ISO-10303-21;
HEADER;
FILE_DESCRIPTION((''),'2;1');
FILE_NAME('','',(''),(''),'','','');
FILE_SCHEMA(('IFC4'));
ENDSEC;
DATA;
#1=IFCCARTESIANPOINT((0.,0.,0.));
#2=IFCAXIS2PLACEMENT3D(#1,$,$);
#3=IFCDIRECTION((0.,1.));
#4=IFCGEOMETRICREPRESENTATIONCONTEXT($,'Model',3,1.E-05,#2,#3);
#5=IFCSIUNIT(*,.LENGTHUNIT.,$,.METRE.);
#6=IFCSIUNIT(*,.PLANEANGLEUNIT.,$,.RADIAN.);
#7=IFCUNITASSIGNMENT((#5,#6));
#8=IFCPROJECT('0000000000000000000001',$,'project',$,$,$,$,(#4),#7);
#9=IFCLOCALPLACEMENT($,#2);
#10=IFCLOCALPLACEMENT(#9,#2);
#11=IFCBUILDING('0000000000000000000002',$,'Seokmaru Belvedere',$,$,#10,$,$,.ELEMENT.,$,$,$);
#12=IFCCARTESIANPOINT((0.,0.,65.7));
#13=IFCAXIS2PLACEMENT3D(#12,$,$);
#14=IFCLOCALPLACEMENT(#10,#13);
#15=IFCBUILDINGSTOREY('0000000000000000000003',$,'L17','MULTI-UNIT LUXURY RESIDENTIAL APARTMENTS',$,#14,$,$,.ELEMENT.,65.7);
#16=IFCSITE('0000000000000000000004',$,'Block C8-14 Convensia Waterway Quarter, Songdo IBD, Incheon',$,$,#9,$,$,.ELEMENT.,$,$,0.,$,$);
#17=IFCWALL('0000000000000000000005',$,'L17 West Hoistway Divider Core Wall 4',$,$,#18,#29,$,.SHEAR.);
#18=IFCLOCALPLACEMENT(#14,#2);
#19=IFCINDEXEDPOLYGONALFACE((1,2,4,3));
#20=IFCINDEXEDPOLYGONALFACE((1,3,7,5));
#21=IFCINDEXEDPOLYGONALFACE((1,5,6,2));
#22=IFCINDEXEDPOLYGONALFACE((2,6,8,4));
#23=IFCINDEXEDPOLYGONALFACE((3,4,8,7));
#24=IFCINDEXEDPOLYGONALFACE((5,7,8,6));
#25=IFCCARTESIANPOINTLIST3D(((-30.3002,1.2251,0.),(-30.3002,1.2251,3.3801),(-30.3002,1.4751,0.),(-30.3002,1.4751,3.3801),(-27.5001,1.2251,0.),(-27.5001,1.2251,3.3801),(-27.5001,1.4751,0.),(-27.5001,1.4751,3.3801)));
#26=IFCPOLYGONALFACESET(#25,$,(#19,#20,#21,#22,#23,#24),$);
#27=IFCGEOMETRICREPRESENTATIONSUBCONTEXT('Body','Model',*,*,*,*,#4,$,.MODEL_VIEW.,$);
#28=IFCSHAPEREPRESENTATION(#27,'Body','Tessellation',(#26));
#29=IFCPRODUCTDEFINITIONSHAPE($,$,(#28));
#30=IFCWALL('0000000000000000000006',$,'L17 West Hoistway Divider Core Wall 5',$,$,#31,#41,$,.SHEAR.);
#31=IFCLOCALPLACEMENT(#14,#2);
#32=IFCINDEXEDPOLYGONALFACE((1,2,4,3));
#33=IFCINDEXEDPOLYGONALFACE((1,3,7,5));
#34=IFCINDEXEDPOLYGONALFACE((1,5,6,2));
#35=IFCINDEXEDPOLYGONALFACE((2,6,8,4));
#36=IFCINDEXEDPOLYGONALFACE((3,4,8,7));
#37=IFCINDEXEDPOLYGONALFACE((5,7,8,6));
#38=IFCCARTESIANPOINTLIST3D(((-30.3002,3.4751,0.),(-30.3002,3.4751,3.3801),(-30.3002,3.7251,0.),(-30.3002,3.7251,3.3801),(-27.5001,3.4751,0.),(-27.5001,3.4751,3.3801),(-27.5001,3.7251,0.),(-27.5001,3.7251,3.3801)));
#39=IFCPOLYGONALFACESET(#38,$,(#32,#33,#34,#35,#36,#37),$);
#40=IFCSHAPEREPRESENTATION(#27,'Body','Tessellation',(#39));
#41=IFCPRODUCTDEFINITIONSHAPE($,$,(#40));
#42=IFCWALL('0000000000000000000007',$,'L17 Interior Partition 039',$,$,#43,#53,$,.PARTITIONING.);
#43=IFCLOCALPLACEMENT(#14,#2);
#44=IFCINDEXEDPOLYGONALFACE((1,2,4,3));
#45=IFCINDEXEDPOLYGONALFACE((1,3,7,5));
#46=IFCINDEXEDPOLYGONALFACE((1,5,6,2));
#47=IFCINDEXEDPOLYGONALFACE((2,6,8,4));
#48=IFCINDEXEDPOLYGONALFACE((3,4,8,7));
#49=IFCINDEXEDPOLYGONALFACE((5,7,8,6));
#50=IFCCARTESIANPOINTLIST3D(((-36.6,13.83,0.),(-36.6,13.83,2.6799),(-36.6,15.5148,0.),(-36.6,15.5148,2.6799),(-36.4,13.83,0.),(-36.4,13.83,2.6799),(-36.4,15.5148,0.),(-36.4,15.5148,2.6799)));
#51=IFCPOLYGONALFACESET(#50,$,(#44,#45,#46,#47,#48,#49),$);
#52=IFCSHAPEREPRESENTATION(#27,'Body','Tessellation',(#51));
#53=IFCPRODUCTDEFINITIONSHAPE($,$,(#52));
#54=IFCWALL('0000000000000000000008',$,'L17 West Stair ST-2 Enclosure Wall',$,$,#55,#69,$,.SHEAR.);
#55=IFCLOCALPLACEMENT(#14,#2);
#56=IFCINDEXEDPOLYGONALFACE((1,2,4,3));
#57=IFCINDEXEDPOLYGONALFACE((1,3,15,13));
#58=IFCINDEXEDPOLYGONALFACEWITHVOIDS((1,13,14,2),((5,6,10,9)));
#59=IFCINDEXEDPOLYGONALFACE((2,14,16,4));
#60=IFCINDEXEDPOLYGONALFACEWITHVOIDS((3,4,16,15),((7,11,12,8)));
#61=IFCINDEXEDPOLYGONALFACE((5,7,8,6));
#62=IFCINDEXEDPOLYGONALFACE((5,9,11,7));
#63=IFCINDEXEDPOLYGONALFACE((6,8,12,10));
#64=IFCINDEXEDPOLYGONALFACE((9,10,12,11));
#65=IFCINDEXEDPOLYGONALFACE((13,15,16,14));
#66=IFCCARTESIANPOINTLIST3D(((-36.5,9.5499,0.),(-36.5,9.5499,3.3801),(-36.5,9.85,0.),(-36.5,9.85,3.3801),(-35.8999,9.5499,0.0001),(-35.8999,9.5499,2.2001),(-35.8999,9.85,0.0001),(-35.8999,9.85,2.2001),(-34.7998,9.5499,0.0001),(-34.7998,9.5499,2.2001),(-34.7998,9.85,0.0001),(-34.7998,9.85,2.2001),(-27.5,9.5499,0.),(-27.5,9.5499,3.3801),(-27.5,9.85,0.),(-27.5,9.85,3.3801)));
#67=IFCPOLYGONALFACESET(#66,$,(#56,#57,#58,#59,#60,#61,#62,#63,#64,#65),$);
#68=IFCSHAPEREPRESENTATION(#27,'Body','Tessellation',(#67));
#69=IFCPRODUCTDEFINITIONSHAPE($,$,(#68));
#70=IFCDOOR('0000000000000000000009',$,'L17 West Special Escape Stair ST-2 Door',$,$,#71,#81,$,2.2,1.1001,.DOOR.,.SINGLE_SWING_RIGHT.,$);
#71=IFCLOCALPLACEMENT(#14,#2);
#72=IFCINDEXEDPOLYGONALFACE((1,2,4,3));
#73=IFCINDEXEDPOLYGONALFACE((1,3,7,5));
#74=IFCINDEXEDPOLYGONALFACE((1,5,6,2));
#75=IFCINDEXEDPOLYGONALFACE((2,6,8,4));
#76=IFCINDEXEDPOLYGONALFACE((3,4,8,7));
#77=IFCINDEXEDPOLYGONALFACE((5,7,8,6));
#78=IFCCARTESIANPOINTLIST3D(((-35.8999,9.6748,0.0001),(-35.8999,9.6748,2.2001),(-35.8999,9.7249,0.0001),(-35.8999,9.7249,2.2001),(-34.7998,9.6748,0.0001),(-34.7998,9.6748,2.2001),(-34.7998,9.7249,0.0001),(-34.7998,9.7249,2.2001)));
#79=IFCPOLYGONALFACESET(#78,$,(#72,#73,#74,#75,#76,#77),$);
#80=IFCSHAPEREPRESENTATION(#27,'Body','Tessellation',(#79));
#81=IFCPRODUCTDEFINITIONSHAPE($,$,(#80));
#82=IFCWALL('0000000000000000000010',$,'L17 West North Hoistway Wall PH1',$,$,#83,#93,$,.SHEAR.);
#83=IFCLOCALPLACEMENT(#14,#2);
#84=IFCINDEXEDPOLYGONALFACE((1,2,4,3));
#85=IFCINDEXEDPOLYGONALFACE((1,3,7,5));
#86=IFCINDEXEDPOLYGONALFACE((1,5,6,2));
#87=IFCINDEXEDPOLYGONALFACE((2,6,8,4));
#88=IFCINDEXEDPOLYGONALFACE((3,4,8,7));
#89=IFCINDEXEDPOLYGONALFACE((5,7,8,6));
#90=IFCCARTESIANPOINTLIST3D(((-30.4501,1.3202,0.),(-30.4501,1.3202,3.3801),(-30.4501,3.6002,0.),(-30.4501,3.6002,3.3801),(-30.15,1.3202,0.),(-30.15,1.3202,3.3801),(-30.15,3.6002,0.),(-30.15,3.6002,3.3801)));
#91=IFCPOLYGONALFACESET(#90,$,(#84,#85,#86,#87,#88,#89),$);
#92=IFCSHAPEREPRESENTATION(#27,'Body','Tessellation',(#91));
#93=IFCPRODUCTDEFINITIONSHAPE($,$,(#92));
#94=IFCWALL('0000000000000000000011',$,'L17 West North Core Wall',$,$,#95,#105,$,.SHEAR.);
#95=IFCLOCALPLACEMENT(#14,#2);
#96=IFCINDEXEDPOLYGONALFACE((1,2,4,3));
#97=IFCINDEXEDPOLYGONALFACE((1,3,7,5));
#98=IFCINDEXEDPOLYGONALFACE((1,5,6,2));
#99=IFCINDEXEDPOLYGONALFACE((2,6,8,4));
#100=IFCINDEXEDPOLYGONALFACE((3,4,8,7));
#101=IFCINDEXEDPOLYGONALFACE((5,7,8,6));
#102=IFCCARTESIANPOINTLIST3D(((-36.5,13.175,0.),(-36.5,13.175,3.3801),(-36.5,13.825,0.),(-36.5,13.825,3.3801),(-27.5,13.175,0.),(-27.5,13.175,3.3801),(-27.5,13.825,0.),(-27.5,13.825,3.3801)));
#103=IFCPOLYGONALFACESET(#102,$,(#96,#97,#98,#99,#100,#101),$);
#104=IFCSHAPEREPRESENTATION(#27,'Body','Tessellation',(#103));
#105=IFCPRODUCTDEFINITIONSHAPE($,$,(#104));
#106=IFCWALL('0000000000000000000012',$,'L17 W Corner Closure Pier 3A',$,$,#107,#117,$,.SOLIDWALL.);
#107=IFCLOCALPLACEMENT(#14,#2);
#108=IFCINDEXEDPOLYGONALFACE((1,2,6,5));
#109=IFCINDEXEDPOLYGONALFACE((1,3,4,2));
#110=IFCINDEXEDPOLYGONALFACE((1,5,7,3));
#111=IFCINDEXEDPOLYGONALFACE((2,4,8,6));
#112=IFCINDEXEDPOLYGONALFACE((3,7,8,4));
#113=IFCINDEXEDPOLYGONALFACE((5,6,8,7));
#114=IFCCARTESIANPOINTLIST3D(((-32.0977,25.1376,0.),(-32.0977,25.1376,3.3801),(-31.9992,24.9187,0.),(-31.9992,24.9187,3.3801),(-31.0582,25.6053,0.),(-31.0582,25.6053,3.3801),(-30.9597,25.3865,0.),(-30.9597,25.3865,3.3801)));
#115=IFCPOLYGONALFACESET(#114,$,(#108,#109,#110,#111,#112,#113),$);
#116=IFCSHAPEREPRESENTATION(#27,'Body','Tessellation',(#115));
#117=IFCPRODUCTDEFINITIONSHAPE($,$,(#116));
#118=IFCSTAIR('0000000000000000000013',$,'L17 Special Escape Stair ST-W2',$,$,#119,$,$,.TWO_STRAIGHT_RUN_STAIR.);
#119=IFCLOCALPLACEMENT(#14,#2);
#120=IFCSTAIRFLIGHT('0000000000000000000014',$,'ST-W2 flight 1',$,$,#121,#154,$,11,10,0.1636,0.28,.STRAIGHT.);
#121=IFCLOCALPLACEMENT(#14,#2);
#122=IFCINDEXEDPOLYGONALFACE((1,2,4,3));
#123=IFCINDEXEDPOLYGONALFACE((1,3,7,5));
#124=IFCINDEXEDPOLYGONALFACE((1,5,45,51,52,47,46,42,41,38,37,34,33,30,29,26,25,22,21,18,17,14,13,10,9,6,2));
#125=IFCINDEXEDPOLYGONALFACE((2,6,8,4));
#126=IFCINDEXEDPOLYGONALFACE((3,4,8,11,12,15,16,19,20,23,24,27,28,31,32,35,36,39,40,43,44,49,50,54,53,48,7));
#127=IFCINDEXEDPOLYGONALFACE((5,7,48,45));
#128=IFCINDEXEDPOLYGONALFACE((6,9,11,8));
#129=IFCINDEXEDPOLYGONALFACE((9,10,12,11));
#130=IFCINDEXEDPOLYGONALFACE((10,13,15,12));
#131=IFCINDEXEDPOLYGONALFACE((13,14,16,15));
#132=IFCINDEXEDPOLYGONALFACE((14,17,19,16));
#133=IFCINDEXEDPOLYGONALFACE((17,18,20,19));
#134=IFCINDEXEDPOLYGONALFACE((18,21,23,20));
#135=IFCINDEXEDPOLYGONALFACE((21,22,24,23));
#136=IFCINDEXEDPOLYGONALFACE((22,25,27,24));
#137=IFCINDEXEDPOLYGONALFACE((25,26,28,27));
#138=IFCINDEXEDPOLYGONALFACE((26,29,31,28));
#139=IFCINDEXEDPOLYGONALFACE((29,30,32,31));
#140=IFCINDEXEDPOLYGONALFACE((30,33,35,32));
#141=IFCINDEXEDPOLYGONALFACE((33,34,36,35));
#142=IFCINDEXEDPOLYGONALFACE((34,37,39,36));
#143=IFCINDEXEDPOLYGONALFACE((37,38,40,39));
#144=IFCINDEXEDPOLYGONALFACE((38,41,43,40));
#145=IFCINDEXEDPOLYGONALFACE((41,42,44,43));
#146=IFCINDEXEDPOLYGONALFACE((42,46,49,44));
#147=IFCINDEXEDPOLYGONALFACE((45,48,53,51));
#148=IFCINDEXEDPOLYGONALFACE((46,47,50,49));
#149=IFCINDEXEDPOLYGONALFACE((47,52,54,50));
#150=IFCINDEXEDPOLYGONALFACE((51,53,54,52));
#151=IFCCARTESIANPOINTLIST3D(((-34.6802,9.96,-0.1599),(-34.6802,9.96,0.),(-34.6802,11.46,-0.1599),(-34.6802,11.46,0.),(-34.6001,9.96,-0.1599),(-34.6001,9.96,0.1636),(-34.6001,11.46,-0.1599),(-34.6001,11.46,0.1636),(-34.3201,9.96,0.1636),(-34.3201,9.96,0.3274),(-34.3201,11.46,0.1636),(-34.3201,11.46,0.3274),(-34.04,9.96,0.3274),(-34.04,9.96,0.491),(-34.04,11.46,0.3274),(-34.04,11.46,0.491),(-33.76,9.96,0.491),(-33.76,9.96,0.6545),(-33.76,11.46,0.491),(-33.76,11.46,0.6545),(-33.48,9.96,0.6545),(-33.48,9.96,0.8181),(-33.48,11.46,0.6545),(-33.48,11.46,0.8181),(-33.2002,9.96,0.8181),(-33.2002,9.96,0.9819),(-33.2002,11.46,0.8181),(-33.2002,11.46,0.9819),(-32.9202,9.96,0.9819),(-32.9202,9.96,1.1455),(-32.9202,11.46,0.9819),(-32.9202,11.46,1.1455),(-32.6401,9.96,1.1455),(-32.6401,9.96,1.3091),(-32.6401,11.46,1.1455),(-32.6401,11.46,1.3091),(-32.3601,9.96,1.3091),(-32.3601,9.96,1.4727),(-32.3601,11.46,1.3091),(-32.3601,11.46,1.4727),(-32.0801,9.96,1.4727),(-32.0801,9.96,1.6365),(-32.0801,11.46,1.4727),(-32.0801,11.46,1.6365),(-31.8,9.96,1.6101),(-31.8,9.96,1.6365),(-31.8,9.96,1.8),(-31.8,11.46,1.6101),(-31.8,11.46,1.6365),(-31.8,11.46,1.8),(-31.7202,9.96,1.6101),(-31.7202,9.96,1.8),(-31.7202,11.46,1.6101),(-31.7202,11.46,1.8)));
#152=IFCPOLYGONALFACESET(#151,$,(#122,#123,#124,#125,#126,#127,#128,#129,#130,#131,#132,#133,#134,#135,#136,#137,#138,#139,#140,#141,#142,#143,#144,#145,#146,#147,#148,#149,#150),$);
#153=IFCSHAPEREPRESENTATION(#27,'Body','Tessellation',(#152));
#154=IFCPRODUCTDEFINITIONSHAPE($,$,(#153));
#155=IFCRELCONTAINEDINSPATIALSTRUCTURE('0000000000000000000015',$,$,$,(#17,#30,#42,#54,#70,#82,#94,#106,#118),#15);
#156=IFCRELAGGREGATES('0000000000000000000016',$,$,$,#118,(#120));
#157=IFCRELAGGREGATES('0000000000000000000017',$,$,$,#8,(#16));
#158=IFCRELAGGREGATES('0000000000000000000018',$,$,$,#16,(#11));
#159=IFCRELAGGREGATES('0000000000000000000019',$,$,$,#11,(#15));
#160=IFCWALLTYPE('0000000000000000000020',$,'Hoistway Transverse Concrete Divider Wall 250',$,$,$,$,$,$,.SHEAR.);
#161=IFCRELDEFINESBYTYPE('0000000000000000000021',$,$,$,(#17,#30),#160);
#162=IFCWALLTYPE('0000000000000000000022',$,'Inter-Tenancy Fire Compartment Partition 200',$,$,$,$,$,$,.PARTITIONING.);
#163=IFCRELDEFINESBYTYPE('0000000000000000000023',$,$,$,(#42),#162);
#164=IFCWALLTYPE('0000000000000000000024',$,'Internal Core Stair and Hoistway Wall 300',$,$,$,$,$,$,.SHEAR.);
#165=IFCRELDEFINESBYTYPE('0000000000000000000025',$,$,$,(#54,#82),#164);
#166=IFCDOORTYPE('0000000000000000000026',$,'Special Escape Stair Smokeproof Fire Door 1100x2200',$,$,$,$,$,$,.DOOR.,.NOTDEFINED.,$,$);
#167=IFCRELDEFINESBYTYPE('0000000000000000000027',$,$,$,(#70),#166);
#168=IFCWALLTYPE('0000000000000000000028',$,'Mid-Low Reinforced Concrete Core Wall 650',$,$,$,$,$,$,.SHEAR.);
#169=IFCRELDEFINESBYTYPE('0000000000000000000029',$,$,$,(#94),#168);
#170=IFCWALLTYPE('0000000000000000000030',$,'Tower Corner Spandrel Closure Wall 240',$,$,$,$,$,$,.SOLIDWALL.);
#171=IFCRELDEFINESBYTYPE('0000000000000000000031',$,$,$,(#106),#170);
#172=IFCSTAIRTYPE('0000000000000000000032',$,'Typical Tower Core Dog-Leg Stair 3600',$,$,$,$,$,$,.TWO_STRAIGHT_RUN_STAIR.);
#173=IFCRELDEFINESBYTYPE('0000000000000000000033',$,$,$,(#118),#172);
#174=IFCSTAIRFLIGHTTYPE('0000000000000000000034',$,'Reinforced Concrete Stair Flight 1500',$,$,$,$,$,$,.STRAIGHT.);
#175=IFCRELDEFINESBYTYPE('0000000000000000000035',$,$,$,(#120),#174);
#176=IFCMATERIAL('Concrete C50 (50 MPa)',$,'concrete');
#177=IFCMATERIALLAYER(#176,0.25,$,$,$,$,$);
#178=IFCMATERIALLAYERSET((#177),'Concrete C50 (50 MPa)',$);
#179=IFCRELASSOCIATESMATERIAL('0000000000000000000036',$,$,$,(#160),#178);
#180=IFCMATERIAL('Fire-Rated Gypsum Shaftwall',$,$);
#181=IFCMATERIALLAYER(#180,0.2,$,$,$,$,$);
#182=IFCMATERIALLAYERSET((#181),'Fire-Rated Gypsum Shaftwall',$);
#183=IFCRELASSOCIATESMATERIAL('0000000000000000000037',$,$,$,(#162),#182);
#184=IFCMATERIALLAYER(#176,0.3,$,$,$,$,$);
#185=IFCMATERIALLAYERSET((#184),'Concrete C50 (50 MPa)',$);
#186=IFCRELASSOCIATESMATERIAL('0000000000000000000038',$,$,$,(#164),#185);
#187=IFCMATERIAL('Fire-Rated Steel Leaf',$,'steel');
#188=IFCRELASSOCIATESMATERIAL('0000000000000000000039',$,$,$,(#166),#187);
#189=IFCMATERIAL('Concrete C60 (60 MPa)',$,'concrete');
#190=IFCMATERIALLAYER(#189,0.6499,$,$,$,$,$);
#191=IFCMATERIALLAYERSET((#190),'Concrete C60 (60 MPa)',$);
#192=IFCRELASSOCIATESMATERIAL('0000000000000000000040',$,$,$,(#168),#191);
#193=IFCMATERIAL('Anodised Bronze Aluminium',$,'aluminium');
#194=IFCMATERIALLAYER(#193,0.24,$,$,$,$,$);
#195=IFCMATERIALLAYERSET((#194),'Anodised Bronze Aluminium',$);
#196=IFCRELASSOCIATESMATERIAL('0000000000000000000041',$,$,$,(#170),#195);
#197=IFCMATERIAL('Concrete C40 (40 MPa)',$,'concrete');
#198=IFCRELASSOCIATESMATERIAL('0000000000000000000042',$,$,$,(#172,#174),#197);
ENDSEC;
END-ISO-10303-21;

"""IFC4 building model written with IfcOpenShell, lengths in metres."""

from ifc_helpers import new_model, si_unit, direction, frame, frame_2d, origin, place, context, subcontext, project, spatial, polyline, rectangle, outline, extrude, source, transform, mapped, material, layer, layer_set, type_object, type_shapes, element, fill, aggregate, save


model = new_model("IFC4")

# Units and contexts
model_context = context("Model", 3, precision=1e-05, world=origin(), true_north=direction((0.0, 1.0)))
body_context = subcontext(model_context, "Body", "Model", "MODEL_VIEW")
ifc_project = project(units=[si_unit("LENGTHUNIT", "METRE"), si_unit("PLANEANGLEUNIT", "RADIAN")], contexts=[model_context])

# Site, building, storey
site_placement = place(None, origin())
site = spatial("IfcSite", under=ifc_project, at=site_placement, Name="Block C8-14 Convensia Waterway Quarter, Songdo IBD, Incheon", CompositionType="ELEMENT", RefElevation=0.0)
building_placement = place(site_placement, origin())
building = spatial("IfcBuilding", under=site, at=building_placement, Name="Seokmaru Belvedere", CompositionType="ELEMENT")
storey_placement = place(building_placement, frame((0.0, 0.0, 65.7)))
storey = spatial("IfcBuildingStorey", under=building, at=storey_placement, Name="L17", Description="MULTI-UNIT LUXURY RESIDENTIAL APARTMENTS", CompositionType="ELEMENT", Elevation=65.7)

# Shared definitions
ifc_material_1 = material(Name="Anodised Bronze Aluminium", Category="aluminium")

# Shared definitions
ifc_material_2 = material(Name="Fire-Rated Gypsum Shaftwall")

# Shared definitions
ifc_material_3 = material(Name="Fire-Rated Steel Leaf", Category="steel")

# Walls
ifc_material_4 = material(Name="Concrete C50 (50 MPa)", Category="concrete")
ifc_layer_1 = layer(ifc_material_4, 0.25)
ifc_layer_set_1 = layer_set([ifc_layer_1], Name="Concrete C50 (50 MPa)")
wall_type_1 = type_object("IfcWallType", Name="Hoistway Transverse Concrete Divider Wall 250", PredefinedType="SHEAR", material=ifc_layer_set_1)
for number, where, z_axis, x_axis, name in (
    (1, (-30.3, 1.3501, 0.0), (0.0, 0.0, 1.0), (1.0, 0.0, 0.0), "L17 West Hoistway Divider Core Wall 4"),
    (2, (-30.3, 3.6001, 0.0), (0.0, 0.0, 1.0), (1.0, 0.0, 0.0), "L17 West Hoistway Divider Core Wall 5"),
):
    element("IfcWall", number, at=place(storey_placement, frame(where, z_axis=z_axis, x_axis=x_axis)), inside=storey, type_object=wall_type_1, Name=name, PredefinedType="SHEAR", context=body_context, shape_type="SweptSolid", body=[
        extrude(rectangle(XDim=2.8, YDim=0.25, at=frame_2d((1.3999, 0.0))), origin(), (0.0, 0.0, 1.0), 3.3801),
    ])
ifc_layer_2 = layer(ifc_material_2, 0.2)
ifc_layer_set_2 = layer_set([ifc_layer_2], Name="Fire-Rated Gypsum Shaftwall")
wall_type_2 = type_object("IfcWallType", Name="Inter-Tenancy Fire Compartment Partition 200", PredefinedType="PARTITIONING", material=ifc_layer_set_2)
wall_1_placement = place(storey_placement, frame((-36.5, 13.8301, 0.0), z_axis=(0.0, 0.0, 1.0), x_axis=(0.0, 1.0, 0.0)))
element("IfcWall", 3, at=wall_1_placement, inside=storey, type_object=wall_type_2, Name="L17 Interior Partition 039", PredefinedType="PARTITIONING", context=body_context, shape_type="SweptSolid", body=[
    extrude(rectangle(XDim=1.6848, YDim=0.2, at=frame_2d((0.8423, 0.0))), origin(), (0.0, 0.0, 1.0), 2.6799),
])

# Wall, opening, door
ifc_layer_3 = layer(ifc_material_4, 0.3)
ifc_layer_set_3 = layer_set([ifc_layer_3], Name="Concrete C50 (50 MPa)")
wall_type_3 = type_object("IfcWallType", Name="Internal Core Stair and Hoistway Wall 300", PredefinedType="SHEAR", material=ifc_layer_set_3)
wall_2_placement = place(storey_placement, frame((-36.5, 9.7, 0.0), z_axis=(0.0, 0.0, 1.0), x_axis=(1.0, 0.0, 0.0)))
wall_2 = element("IfcWall", 4, at=wall_2_placement, inside=storey, type_object=wall_type_3, Name="L17 West Stair ST-2 Enclosure Wall", PredefinedType="SHEAR", context=body_context, shape_type="SweptSolid", body=[
    extrude(rectangle(XDim=9.0, YDim=0.3, at=frame_2d((4.5, 0.0))), origin(), (0.0, 0.0, 1.0), 3.3801),
])
opening_1_placement = place(wall_2_placement, frame((0.6001, 0.0, 0.0)))
opening_1 = element("IfcOpeningElement", 5, at=opening_1_placement, cuts=wall_2, PredefinedType="OPENING", context=body_context, shape_type="SweptSolid", body=[
    extrude(rectangle(XDim=1.1001, YDim=2.2, at=frame_2d((0.55, 1.1001))), frame((0.0, 0.1602, 0.0), z_axis=(0.0, -1.0, 0.0), x_axis=(1.0, 0.0, 0.0)), (0.0, 0.0, 1.0), 0.3201),
])
door_type_1 = type_object("IfcDoorType", Name="Special Escape Stair Smokeproof Fire Door 1100x2200", OperationType="NOTDEFINED", PredefinedType="DOOR", material=ifc_material_3)
shared_shape_1 = source(origin(), body_context, "Body", "SweptSolid", [
    extrude(rectangle(XDim=1.1001, YDim=2.2, at=frame_2d((0.55, 1.1001))), frame((0.0, 0.0249, 0.0), z_axis=(0.0, -1.0, 0.0), x_axis=(1.0, 0.0, 0.0)), (0.0, 0.0, 1.0), 0.05),
])
type_shapes(door_type_1, [shared_shape_1])
door_1_placement = place(opening_1_placement, origin())
door_1 = element("IfcDoor", 6, at=door_1_placement, inside=storey, type_object=door_type_1, Name="L17 West Special Escape Stair ST-2 Door", OperationType="SINGLE_SWING_RIGHT", OverallHeight=2.2, OverallWidth=1.1001, PredefinedType="DOOR", context=body_context, shape_type="MappedRepresentation", body=[
    mapped(shared_shape_1, transform((0.0, 0.0, 0.0), scale=1.0)),
])
fill(opening_1, door_1)

# Walls
wall_3_placement = place(storey_placement, frame((-30.3, 1.3201, 0.0), z_axis=(0.0, 0.0, 1.0), x_axis=(0.0, 1.0, 0.0)))
element("IfcWall", 7, at=wall_3_placement, inside=storey, type_object=wall_type_3, Name="L17 West North Hoistway Wall PH1", PredefinedType="SHEAR", context=body_context, shape_type="SweptSolid", body=[
    extrude(rectangle(XDim=2.28, YDim=0.3, at=frame_2d((1.1401, 0.0))), origin(), (0.0, 0.0, 1.0), 3.3801),
])
ifc_material_5 = material(Name="Concrete C60 (60 MPa)", Category="concrete")
ifc_layer_4 = layer(ifc_material_5, 0.6499)
ifc_layer_set_4 = layer_set([ifc_layer_4], Name="Concrete C60 (60 MPa)")
wall_type_4 = type_object("IfcWallType", Name="Mid-Low Reinforced Concrete Core Wall 650", PredefinedType="SHEAR", material=ifc_layer_set_4)
wall_4_placement = place(storey_placement, frame((-36.5, 13.5, 0.0), z_axis=(0.0, 0.0, 1.0), x_axis=(1.0, 0.0, 0.0)))
element("IfcWall", 8, at=wall_4_placement, inside=storey, type_object=wall_type_4, Name="L17 West North Core Wall", PredefinedType="SHEAR", context=body_context, shape_type="SweptSolid", body=[
    extrude(rectangle(XDim=9.0, YDim=0.6499, at=frame_2d((4.5, 0.0))), origin(), (0.0, 0.0, 1.0), 3.3801),
])

# Wall
ifc_layer_5 = layer(ifc_material_1, 0.24)
ifc_layer_set_5 = layer_set([ifc_layer_5], Name="Anodised Bronze Aluminium")
wall_type_5 = type_object("IfcWallType", Name="Tower Corner Spandrel Closure Wall 240", PredefinedType="SOLIDWALL", material=ifc_layer_set_5)
wall_5_placement = place(storey_placement, frame((-31.009, 25.4958, 0.0), z_axis=(0.0, 0.0, 1.0), x_axis=(-0.91193, -0.410347, 0.0)))
element("IfcWall", 9, at=wall_5_placement, inside=storey, type_object=wall_type_5, Name="L17 W Corner Closure Pier 3A", PredefinedType="SOLIDWALL", context=body_context, shape_type="SweptSolid", body=[
    extrude(rectangle(XDim=1.1399, YDim=0.24, at=frame_2d((0.5698, 0.0))), origin(), (0.0, 0.0, 1.0), 3.3801),
])

# Stair, stair flight
ifc_material_6 = material(Name="Concrete C40 (40 MPa)", Category="concrete")
stair_type = type_object("IfcStairType", Name="Typical Tower Core Dog-Leg Stair 3600", PredefinedType="TWO_STRAIGHT_RUN_STAIR", material=ifc_material_6)
stair_placement = place(storey_placement, origin())
stair = element("IfcStair", 10, at=stair_placement, inside=storey, type_object=stair_type, Name="L17 Special Escape Stair ST-W2", PredefinedType="TWO_STRAIGHT_RUN_STAIR")
stair_flight_type = type_object("IfcStairFlightType", Name="Reinforced Concrete Stair Flight 1500", PredefinedType="STRAIGHT", material=ifc_material_6)
stair_flight_1_placement = place(storey_placement, frame((-34.6001, 10.71, 0.0), z_axis=(0.0, 0.0, 1.0), x_axis=(1.0, 0.0, 0.0)))
stair_flight_1 = element("IfcStairFlight", 11, at=stair_flight_1_placement, type_object=stair_flight_type, Name="ST-W2 flight 1", NumberOfRisers=11, NumberOfTreads=10, PredefinedType="STRAIGHT", RiserHeight=0.1636, TreadLength=0.28, context=body_context, shape_type="SweptSolid", body=[
    extrude(outline(polyline([(-0.0801, 0.0), (0.0, 0.1636), (0.28, 0.1636), (0.28, 0.3274), (0.5601, 0.3274), (0.5601, 0.491), (0.8401, 0.491), (0.8401, 0.6545), (1.1201, 0.6545), (1.1201, 0.8181), (1.3999, 0.8181), (1.3999, 0.9819), (1.6799, 0.9819), (1.6799, 1.1455), (1.96, 1.1455), (1.96, 1.3091), (2.24, 1.3091), (2.24, 1.4727), (2.52, 1.4727), (2.52, 1.6365), (2.8, 1.6365), (2.8, 1.8), (2.8799, 1.8), (2.8799, 1.6101), (2.8, 1.6101), (0.0, -0.1599), (-0.0801, -0.1599), (-0.0801, 0.0)])), frame((0.0, 0.75, 0.0), z_axis=(0.0, -1.0, 0.0), x_axis=(1.0, 0.0, 0.0)), (0.0, 0.0, 1.0), 1.5),
])
aggregate(stair, [stair_flight_1])

save(model, "model.ifc")
